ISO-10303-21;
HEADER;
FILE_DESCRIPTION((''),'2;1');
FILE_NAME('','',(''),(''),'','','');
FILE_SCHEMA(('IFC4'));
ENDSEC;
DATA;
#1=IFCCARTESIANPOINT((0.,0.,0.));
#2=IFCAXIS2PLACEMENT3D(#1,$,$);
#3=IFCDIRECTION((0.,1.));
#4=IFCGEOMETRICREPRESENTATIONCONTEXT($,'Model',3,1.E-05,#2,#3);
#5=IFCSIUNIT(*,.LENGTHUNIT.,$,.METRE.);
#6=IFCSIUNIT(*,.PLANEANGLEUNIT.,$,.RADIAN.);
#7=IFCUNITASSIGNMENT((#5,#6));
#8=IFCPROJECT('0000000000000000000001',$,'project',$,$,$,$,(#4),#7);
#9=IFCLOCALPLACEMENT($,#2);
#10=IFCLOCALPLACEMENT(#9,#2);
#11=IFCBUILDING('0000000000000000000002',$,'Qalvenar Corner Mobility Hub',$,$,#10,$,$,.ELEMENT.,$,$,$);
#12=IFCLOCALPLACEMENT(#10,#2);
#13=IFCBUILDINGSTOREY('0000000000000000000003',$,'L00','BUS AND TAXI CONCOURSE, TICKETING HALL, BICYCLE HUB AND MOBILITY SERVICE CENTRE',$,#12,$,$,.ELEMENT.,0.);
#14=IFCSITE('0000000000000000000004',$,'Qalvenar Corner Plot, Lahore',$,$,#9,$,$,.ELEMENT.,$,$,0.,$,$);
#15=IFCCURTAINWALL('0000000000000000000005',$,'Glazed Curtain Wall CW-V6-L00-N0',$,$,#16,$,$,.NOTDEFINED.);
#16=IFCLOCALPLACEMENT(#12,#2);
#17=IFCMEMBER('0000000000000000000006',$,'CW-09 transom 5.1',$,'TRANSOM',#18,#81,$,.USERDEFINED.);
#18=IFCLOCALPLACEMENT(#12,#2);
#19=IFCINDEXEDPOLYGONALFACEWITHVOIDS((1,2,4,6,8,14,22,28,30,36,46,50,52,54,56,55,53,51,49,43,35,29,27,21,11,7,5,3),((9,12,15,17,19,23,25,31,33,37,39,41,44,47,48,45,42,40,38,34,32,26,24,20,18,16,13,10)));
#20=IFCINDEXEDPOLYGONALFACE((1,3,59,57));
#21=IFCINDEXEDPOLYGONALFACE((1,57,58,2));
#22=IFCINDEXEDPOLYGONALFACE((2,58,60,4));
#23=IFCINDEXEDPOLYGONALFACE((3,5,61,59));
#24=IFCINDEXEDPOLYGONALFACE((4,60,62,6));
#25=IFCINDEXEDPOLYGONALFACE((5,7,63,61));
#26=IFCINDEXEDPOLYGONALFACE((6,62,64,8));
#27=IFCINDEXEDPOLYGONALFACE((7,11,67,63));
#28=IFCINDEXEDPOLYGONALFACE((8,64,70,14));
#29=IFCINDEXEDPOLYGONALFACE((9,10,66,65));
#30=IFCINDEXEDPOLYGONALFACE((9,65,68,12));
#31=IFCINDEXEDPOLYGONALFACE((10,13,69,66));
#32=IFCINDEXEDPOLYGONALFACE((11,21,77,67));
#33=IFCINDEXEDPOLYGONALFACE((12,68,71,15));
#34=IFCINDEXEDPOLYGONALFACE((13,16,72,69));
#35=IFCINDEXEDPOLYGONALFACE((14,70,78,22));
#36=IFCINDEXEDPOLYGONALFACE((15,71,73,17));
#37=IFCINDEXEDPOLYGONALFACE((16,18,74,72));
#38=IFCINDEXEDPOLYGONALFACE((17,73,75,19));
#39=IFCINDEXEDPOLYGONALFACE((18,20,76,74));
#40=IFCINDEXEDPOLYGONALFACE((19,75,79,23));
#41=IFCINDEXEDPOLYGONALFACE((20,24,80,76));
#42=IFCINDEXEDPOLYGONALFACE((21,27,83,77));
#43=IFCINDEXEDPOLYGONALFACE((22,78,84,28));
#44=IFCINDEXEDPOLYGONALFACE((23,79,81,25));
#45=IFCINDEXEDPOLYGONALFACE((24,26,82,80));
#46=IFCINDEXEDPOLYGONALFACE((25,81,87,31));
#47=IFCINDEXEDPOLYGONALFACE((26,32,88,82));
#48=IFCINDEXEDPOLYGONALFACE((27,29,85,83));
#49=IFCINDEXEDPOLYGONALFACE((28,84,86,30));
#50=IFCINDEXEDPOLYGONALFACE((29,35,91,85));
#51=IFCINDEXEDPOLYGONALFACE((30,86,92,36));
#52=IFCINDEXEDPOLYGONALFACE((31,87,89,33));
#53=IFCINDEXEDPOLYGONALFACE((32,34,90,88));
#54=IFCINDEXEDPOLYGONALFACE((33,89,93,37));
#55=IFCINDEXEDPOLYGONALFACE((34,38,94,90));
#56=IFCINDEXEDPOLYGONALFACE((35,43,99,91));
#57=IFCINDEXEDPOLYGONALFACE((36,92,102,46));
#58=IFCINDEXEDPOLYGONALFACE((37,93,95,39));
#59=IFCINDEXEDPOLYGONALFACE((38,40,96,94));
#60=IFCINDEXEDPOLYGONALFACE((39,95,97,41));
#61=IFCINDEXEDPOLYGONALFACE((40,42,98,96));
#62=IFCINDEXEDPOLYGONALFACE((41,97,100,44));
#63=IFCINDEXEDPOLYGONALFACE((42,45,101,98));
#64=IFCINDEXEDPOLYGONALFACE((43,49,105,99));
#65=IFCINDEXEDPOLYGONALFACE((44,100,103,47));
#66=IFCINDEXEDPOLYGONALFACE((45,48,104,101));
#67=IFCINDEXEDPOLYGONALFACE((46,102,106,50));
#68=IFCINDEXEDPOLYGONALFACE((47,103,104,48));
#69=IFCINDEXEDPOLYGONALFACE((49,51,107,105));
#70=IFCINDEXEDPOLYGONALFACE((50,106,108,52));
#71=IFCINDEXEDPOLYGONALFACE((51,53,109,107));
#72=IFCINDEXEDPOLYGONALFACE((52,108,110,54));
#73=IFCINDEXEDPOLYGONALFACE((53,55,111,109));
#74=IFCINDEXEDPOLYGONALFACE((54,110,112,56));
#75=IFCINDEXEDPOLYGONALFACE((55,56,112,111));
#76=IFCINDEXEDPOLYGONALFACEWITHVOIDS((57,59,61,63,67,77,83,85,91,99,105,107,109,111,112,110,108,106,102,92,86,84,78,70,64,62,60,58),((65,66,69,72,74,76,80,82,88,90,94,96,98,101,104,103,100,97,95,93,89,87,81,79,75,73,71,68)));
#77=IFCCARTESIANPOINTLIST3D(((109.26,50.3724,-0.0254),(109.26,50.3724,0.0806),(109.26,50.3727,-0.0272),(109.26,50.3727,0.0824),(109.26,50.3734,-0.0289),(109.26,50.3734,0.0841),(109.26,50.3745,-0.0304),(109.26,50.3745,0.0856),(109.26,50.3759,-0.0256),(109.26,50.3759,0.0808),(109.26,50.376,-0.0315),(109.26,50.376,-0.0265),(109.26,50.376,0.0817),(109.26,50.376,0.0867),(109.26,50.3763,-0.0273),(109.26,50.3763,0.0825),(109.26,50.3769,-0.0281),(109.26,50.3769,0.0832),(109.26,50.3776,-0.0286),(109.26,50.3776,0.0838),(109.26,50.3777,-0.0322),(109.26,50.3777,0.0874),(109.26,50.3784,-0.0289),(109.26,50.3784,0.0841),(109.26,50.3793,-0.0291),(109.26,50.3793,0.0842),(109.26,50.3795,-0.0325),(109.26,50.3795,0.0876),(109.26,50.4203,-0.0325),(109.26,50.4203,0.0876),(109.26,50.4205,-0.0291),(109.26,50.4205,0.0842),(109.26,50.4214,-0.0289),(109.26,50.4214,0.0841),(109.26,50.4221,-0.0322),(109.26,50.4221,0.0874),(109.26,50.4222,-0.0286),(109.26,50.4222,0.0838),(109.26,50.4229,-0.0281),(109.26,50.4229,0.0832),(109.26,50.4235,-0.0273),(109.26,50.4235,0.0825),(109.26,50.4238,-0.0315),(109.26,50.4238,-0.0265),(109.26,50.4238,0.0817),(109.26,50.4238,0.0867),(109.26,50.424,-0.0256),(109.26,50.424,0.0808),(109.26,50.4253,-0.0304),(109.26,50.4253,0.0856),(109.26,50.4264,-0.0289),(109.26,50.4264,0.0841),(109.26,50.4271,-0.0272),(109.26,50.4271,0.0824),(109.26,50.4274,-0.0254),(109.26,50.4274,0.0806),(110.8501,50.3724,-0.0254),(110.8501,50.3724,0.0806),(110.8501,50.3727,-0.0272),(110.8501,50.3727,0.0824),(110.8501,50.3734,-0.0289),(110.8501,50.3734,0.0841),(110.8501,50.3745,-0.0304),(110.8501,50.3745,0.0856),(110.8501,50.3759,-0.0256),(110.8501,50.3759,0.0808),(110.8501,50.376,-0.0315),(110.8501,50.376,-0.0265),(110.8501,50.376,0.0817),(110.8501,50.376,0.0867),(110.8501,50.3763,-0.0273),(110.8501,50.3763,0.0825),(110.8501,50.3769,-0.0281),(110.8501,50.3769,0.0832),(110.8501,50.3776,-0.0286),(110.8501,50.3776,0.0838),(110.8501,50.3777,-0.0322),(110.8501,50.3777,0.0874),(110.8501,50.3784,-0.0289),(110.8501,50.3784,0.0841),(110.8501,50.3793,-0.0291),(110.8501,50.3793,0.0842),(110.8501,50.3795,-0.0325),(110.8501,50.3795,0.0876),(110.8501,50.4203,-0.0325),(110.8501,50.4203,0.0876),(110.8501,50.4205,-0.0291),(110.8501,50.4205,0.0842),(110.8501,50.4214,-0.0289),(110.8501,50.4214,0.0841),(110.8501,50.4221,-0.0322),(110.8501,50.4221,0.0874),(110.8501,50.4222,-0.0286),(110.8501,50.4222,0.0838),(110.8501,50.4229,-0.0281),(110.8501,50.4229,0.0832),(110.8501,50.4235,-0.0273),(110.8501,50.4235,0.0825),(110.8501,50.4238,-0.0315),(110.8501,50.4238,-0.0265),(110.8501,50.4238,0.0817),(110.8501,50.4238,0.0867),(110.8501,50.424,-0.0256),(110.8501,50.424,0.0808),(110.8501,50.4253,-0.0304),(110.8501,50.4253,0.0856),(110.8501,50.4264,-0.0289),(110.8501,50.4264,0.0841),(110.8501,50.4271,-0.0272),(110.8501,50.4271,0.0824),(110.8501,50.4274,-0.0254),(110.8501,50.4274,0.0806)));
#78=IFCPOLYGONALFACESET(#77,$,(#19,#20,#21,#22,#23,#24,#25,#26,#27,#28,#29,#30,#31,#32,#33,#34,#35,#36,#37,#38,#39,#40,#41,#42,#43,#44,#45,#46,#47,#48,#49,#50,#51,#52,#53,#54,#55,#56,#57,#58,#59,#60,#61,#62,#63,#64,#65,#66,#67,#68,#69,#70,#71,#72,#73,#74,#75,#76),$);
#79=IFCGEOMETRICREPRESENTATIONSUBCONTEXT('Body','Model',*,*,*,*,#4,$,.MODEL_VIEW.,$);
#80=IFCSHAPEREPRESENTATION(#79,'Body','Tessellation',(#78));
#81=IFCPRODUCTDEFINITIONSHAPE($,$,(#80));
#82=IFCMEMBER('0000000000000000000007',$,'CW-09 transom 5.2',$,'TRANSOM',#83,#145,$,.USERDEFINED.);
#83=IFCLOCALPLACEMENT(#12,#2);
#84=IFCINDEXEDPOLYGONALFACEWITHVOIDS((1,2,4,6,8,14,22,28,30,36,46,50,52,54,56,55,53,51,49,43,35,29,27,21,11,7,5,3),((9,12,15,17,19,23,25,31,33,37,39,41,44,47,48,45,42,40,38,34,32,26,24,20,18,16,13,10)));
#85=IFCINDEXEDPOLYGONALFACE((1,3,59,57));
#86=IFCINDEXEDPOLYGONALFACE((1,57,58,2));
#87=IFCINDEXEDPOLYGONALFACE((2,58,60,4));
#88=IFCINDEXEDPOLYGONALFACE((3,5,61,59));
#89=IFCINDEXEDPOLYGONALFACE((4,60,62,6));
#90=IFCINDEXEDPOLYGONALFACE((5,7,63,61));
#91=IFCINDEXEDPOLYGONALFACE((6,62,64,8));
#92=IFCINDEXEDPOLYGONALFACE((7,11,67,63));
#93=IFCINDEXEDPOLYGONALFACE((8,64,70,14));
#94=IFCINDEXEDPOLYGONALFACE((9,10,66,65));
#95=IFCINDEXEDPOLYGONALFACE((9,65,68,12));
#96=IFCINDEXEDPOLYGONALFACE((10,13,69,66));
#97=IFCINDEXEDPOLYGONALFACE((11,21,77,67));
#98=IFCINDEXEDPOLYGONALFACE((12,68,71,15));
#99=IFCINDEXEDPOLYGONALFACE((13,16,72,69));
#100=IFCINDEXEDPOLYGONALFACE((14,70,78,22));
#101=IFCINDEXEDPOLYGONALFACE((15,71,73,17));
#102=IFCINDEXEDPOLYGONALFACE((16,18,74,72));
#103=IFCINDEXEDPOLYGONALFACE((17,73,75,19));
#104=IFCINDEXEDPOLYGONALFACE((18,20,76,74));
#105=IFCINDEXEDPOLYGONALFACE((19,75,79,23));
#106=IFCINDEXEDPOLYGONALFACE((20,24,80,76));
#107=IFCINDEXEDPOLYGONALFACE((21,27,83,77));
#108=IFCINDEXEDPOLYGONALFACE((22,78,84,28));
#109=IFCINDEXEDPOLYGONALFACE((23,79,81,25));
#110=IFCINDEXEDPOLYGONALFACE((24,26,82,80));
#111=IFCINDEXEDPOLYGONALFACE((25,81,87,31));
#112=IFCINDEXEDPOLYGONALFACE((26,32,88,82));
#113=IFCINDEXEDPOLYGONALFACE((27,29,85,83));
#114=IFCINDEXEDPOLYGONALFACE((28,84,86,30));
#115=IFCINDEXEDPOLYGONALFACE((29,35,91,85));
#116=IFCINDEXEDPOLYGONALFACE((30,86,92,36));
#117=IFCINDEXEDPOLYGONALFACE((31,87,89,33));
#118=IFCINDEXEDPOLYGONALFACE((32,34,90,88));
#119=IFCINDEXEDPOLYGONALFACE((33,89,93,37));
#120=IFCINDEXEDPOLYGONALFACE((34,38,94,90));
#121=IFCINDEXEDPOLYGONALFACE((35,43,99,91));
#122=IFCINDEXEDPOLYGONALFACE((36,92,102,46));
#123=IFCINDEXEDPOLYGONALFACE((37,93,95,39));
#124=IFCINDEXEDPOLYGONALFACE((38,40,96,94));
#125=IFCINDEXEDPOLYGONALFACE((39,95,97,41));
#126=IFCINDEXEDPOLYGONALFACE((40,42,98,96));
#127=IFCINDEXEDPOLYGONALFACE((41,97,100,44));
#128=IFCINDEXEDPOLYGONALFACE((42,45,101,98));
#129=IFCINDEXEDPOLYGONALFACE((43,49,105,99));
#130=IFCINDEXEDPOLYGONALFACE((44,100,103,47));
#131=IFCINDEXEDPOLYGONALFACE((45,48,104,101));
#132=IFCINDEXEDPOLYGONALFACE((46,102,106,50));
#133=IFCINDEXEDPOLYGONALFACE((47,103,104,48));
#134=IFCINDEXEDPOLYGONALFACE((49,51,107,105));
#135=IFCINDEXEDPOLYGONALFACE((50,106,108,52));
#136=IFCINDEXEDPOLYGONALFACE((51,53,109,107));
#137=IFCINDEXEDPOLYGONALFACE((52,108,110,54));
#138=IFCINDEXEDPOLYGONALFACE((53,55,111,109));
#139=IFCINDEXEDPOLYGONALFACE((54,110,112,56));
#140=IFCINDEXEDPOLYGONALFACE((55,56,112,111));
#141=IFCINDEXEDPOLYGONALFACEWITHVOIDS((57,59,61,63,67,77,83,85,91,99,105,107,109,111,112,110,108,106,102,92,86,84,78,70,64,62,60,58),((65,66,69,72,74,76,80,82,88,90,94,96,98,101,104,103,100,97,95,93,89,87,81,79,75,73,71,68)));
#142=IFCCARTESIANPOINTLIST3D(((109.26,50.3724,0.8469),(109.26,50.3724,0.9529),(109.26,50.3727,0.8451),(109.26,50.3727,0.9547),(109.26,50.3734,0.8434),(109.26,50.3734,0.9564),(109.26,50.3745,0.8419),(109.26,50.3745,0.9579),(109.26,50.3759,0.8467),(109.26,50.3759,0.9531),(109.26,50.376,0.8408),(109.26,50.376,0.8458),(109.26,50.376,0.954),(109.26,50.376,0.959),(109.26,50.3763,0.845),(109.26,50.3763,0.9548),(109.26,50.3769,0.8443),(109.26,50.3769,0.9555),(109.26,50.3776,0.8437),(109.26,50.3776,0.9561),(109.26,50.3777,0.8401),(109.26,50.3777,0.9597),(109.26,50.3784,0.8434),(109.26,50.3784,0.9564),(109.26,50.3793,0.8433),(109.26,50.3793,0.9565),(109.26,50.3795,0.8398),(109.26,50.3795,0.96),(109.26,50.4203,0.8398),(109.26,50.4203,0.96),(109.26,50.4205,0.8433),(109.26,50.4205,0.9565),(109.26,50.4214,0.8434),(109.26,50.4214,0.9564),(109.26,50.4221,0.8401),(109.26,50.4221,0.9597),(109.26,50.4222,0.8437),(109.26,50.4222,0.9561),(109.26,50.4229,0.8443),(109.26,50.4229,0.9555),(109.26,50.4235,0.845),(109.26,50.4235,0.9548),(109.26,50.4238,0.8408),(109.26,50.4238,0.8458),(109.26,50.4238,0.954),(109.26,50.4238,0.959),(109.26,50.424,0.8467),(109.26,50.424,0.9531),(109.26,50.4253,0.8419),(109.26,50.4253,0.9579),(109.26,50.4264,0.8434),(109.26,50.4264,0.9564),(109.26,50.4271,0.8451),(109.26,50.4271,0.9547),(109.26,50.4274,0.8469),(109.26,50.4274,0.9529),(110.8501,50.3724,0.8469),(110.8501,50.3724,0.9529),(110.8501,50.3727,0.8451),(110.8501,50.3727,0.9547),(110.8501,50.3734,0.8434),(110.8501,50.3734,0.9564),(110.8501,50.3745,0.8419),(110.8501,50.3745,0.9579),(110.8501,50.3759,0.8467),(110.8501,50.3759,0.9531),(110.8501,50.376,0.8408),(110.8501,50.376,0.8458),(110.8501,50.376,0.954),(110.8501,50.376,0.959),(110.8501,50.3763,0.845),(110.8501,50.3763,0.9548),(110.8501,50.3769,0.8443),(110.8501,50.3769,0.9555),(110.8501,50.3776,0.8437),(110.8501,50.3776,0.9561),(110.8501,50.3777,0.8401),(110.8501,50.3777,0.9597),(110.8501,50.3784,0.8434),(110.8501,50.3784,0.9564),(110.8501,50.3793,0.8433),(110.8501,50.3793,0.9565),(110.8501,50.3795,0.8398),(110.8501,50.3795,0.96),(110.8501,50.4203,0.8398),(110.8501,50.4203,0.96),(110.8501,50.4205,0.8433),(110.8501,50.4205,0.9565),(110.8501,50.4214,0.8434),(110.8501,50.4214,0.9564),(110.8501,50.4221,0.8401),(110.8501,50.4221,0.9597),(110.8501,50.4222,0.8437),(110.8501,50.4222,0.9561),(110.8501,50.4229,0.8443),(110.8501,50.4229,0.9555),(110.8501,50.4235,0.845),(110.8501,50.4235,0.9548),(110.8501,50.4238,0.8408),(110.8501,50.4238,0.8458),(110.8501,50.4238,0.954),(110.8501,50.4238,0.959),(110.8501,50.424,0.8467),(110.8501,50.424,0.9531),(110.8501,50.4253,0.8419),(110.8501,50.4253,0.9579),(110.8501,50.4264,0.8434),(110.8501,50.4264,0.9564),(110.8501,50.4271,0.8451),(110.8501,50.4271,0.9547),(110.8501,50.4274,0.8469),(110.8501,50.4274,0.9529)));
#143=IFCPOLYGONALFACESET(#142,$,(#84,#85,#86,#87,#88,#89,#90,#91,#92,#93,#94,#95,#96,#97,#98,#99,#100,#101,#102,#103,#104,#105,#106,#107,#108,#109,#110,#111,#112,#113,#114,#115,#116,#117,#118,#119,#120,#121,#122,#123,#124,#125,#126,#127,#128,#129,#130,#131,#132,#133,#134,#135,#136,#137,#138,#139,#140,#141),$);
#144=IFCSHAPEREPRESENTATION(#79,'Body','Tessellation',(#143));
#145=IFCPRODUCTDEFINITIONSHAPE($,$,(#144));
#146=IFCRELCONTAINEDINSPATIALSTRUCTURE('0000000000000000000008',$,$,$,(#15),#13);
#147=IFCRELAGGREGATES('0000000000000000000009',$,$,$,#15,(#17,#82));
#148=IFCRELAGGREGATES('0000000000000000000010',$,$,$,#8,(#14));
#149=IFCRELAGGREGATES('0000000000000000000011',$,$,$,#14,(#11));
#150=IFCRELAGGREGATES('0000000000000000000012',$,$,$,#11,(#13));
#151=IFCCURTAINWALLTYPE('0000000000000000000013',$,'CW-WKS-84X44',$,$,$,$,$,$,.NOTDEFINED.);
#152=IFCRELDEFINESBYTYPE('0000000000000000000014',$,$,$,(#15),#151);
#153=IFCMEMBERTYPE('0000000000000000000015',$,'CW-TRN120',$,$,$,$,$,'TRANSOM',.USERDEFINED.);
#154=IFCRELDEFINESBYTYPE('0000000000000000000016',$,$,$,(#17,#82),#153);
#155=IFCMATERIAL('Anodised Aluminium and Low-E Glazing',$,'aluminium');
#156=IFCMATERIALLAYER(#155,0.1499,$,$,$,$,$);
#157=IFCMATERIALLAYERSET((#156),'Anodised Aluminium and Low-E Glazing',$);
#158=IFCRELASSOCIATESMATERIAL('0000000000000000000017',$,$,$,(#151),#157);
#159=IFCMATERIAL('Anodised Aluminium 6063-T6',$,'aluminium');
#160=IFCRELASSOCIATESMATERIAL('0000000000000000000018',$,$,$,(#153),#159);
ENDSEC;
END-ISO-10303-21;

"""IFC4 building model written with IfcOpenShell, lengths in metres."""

from ifc_helpers import new_model, si_unit, direction, frame, origin, origin_2d, place, context, subcontext, project, spatial, hollow_rectangle, extrude, material, layer, layer_set, material_profile, profile_set, type_object, element, aggregate, save


model = new_model("IFC4")

# Units and contexts
model_context = context("Model", 3, precision=1e-05, world=origin(), true_north=direction((0.0, 1.0)))
body_context = subcontext(model_context, "Body", "Model", "MODEL_VIEW")
ifc_project = project(units=[si_unit("LENGTHUNIT", "METRE"), si_unit("PLANEANGLEUNIT", "RADIAN")], contexts=[model_context])

# Site, building, storey
site_placement = place(None, origin())
site = spatial("IfcSite", under=ifc_project, at=site_placement, Name="Qalvenar Corner Plot, Lahore", CompositionType="ELEMENT", RefElevation=0.0)
building_placement = place(site_placement, origin())
building = spatial("IfcBuilding", under=site, at=building_placement, Name="Qalvenar Corner Mobility Hub", CompositionType="ELEMENT")
storey_placement = place(building_placement, origin())
storey = spatial("IfcBuildingStorey", under=building, at=storey_placement, Name="L00", Description="BUS AND TAXI CONCOURSE, TICKETING HALL, BICYCLE HUB AND MOBILITY SERVICE CENTRE", CompositionType="ELEMENT", Elevation=0.0)

# Curtain wall, members
ifc_material_1 = material(Name="Anodised Aluminium and Low-E Glazing", Category="aluminium")
ifc_layer_1 = layer(ifc_material_1, 0.1499)
ifc_layer_set_1 = layer_set([ifc_layer_1], Name="Anodised Aluminium and Low-E Glazing")
curtain_wall_type = type_object("IfcCurtainWallType", Name="CW-WKS-84X44", PredefinedType="NOTDEFINED", material=ifc_layer_set_1)
curtain_wall_placement = place(storey_placement, origin())
curtain_wall = element("IfcCurtainWall", 1, at=curtain_wall_placement, inside=storey, type_object=curtain_wall_type, Name="Glazed Curtain Wall CW-V6-L00-N0", PredefinedType="NOTDEFINED")
ifc_material_2 = material(Name="Anodised Aluminium 6063-T6", Category="aluminium")
ifc_material_profile_1 = material_profile(ifc_material_2, hollow_rectangle(XDim=0.0549, YDim=0.1201, WallThickness=0.0034, InnerFilletRadius=0.0034, OuterFilletRadius=0.0071, at=origin_2d()), Name="RHS120x55x3.5")
ifc_profile_set_1 = profile_set([ifc_material_profile_1], Name="Anodised Aluminium 6063-T6")
member_type_1 = type_object("IfcMemberType", Name="CW-TRN120", ElementType="TRANSOM", PredefinedType="USERDEFINED", material=ifc_profile_set_1)
member_1_placement = place(storey_placement, frame((110.8501, 50.3999, 0.0276), z_axis=(-1.0, 0.0, 0.0), x_axis=(0.0, -1.0, 0.0)))
member_1 = element("IfcMember", 2, at=member_1_placement, type_object=member_type_1, Name="CW-09 transom 5.1", ObjectType="TRANSOM", PredefinedType="USERDEFINED", context=body_context, shape_type="SweptSolid", body=[
    extrude(hollow_rectangle(XDim=0.0549, YDim=0.1201, WallThickness=0.0034, InnerFilletRadius=0.0034, OuterFilletRadius=0.0071, at=origin_2d()), origin(), (0.0, 0.0, 1.0), 1.5901),
])
member_2_placement = place(storey_placement, frame((110.8501, 50.3999, 0.8999), z_axis=(-1.0, 0.0, 0.0), x_axis=(0.0, -1.0, 0.0)))
member_2 = element("IfcMember", 3, at=member_2_placement, type_object=member_type_1, Name="CW-09 transom 5.2", ObjectType="TRANSOM", PredefinedType="USERDEFINED", context=body_context, shape_type="SweptSolid", body=[
    extrude(hollow_rectangle(XDim=0.0549, YDim=0.1201, WallThickness=0.0034, InnerFilletRadius=0.0034, OuterFilletRadius=0.0071, at=origin_2d()), origin(), (0.0, 0.0, 1.0), 1.5901),
])
aggregate(curtain_wall, [member_1, member_2])

save(model, "model.ifc")
